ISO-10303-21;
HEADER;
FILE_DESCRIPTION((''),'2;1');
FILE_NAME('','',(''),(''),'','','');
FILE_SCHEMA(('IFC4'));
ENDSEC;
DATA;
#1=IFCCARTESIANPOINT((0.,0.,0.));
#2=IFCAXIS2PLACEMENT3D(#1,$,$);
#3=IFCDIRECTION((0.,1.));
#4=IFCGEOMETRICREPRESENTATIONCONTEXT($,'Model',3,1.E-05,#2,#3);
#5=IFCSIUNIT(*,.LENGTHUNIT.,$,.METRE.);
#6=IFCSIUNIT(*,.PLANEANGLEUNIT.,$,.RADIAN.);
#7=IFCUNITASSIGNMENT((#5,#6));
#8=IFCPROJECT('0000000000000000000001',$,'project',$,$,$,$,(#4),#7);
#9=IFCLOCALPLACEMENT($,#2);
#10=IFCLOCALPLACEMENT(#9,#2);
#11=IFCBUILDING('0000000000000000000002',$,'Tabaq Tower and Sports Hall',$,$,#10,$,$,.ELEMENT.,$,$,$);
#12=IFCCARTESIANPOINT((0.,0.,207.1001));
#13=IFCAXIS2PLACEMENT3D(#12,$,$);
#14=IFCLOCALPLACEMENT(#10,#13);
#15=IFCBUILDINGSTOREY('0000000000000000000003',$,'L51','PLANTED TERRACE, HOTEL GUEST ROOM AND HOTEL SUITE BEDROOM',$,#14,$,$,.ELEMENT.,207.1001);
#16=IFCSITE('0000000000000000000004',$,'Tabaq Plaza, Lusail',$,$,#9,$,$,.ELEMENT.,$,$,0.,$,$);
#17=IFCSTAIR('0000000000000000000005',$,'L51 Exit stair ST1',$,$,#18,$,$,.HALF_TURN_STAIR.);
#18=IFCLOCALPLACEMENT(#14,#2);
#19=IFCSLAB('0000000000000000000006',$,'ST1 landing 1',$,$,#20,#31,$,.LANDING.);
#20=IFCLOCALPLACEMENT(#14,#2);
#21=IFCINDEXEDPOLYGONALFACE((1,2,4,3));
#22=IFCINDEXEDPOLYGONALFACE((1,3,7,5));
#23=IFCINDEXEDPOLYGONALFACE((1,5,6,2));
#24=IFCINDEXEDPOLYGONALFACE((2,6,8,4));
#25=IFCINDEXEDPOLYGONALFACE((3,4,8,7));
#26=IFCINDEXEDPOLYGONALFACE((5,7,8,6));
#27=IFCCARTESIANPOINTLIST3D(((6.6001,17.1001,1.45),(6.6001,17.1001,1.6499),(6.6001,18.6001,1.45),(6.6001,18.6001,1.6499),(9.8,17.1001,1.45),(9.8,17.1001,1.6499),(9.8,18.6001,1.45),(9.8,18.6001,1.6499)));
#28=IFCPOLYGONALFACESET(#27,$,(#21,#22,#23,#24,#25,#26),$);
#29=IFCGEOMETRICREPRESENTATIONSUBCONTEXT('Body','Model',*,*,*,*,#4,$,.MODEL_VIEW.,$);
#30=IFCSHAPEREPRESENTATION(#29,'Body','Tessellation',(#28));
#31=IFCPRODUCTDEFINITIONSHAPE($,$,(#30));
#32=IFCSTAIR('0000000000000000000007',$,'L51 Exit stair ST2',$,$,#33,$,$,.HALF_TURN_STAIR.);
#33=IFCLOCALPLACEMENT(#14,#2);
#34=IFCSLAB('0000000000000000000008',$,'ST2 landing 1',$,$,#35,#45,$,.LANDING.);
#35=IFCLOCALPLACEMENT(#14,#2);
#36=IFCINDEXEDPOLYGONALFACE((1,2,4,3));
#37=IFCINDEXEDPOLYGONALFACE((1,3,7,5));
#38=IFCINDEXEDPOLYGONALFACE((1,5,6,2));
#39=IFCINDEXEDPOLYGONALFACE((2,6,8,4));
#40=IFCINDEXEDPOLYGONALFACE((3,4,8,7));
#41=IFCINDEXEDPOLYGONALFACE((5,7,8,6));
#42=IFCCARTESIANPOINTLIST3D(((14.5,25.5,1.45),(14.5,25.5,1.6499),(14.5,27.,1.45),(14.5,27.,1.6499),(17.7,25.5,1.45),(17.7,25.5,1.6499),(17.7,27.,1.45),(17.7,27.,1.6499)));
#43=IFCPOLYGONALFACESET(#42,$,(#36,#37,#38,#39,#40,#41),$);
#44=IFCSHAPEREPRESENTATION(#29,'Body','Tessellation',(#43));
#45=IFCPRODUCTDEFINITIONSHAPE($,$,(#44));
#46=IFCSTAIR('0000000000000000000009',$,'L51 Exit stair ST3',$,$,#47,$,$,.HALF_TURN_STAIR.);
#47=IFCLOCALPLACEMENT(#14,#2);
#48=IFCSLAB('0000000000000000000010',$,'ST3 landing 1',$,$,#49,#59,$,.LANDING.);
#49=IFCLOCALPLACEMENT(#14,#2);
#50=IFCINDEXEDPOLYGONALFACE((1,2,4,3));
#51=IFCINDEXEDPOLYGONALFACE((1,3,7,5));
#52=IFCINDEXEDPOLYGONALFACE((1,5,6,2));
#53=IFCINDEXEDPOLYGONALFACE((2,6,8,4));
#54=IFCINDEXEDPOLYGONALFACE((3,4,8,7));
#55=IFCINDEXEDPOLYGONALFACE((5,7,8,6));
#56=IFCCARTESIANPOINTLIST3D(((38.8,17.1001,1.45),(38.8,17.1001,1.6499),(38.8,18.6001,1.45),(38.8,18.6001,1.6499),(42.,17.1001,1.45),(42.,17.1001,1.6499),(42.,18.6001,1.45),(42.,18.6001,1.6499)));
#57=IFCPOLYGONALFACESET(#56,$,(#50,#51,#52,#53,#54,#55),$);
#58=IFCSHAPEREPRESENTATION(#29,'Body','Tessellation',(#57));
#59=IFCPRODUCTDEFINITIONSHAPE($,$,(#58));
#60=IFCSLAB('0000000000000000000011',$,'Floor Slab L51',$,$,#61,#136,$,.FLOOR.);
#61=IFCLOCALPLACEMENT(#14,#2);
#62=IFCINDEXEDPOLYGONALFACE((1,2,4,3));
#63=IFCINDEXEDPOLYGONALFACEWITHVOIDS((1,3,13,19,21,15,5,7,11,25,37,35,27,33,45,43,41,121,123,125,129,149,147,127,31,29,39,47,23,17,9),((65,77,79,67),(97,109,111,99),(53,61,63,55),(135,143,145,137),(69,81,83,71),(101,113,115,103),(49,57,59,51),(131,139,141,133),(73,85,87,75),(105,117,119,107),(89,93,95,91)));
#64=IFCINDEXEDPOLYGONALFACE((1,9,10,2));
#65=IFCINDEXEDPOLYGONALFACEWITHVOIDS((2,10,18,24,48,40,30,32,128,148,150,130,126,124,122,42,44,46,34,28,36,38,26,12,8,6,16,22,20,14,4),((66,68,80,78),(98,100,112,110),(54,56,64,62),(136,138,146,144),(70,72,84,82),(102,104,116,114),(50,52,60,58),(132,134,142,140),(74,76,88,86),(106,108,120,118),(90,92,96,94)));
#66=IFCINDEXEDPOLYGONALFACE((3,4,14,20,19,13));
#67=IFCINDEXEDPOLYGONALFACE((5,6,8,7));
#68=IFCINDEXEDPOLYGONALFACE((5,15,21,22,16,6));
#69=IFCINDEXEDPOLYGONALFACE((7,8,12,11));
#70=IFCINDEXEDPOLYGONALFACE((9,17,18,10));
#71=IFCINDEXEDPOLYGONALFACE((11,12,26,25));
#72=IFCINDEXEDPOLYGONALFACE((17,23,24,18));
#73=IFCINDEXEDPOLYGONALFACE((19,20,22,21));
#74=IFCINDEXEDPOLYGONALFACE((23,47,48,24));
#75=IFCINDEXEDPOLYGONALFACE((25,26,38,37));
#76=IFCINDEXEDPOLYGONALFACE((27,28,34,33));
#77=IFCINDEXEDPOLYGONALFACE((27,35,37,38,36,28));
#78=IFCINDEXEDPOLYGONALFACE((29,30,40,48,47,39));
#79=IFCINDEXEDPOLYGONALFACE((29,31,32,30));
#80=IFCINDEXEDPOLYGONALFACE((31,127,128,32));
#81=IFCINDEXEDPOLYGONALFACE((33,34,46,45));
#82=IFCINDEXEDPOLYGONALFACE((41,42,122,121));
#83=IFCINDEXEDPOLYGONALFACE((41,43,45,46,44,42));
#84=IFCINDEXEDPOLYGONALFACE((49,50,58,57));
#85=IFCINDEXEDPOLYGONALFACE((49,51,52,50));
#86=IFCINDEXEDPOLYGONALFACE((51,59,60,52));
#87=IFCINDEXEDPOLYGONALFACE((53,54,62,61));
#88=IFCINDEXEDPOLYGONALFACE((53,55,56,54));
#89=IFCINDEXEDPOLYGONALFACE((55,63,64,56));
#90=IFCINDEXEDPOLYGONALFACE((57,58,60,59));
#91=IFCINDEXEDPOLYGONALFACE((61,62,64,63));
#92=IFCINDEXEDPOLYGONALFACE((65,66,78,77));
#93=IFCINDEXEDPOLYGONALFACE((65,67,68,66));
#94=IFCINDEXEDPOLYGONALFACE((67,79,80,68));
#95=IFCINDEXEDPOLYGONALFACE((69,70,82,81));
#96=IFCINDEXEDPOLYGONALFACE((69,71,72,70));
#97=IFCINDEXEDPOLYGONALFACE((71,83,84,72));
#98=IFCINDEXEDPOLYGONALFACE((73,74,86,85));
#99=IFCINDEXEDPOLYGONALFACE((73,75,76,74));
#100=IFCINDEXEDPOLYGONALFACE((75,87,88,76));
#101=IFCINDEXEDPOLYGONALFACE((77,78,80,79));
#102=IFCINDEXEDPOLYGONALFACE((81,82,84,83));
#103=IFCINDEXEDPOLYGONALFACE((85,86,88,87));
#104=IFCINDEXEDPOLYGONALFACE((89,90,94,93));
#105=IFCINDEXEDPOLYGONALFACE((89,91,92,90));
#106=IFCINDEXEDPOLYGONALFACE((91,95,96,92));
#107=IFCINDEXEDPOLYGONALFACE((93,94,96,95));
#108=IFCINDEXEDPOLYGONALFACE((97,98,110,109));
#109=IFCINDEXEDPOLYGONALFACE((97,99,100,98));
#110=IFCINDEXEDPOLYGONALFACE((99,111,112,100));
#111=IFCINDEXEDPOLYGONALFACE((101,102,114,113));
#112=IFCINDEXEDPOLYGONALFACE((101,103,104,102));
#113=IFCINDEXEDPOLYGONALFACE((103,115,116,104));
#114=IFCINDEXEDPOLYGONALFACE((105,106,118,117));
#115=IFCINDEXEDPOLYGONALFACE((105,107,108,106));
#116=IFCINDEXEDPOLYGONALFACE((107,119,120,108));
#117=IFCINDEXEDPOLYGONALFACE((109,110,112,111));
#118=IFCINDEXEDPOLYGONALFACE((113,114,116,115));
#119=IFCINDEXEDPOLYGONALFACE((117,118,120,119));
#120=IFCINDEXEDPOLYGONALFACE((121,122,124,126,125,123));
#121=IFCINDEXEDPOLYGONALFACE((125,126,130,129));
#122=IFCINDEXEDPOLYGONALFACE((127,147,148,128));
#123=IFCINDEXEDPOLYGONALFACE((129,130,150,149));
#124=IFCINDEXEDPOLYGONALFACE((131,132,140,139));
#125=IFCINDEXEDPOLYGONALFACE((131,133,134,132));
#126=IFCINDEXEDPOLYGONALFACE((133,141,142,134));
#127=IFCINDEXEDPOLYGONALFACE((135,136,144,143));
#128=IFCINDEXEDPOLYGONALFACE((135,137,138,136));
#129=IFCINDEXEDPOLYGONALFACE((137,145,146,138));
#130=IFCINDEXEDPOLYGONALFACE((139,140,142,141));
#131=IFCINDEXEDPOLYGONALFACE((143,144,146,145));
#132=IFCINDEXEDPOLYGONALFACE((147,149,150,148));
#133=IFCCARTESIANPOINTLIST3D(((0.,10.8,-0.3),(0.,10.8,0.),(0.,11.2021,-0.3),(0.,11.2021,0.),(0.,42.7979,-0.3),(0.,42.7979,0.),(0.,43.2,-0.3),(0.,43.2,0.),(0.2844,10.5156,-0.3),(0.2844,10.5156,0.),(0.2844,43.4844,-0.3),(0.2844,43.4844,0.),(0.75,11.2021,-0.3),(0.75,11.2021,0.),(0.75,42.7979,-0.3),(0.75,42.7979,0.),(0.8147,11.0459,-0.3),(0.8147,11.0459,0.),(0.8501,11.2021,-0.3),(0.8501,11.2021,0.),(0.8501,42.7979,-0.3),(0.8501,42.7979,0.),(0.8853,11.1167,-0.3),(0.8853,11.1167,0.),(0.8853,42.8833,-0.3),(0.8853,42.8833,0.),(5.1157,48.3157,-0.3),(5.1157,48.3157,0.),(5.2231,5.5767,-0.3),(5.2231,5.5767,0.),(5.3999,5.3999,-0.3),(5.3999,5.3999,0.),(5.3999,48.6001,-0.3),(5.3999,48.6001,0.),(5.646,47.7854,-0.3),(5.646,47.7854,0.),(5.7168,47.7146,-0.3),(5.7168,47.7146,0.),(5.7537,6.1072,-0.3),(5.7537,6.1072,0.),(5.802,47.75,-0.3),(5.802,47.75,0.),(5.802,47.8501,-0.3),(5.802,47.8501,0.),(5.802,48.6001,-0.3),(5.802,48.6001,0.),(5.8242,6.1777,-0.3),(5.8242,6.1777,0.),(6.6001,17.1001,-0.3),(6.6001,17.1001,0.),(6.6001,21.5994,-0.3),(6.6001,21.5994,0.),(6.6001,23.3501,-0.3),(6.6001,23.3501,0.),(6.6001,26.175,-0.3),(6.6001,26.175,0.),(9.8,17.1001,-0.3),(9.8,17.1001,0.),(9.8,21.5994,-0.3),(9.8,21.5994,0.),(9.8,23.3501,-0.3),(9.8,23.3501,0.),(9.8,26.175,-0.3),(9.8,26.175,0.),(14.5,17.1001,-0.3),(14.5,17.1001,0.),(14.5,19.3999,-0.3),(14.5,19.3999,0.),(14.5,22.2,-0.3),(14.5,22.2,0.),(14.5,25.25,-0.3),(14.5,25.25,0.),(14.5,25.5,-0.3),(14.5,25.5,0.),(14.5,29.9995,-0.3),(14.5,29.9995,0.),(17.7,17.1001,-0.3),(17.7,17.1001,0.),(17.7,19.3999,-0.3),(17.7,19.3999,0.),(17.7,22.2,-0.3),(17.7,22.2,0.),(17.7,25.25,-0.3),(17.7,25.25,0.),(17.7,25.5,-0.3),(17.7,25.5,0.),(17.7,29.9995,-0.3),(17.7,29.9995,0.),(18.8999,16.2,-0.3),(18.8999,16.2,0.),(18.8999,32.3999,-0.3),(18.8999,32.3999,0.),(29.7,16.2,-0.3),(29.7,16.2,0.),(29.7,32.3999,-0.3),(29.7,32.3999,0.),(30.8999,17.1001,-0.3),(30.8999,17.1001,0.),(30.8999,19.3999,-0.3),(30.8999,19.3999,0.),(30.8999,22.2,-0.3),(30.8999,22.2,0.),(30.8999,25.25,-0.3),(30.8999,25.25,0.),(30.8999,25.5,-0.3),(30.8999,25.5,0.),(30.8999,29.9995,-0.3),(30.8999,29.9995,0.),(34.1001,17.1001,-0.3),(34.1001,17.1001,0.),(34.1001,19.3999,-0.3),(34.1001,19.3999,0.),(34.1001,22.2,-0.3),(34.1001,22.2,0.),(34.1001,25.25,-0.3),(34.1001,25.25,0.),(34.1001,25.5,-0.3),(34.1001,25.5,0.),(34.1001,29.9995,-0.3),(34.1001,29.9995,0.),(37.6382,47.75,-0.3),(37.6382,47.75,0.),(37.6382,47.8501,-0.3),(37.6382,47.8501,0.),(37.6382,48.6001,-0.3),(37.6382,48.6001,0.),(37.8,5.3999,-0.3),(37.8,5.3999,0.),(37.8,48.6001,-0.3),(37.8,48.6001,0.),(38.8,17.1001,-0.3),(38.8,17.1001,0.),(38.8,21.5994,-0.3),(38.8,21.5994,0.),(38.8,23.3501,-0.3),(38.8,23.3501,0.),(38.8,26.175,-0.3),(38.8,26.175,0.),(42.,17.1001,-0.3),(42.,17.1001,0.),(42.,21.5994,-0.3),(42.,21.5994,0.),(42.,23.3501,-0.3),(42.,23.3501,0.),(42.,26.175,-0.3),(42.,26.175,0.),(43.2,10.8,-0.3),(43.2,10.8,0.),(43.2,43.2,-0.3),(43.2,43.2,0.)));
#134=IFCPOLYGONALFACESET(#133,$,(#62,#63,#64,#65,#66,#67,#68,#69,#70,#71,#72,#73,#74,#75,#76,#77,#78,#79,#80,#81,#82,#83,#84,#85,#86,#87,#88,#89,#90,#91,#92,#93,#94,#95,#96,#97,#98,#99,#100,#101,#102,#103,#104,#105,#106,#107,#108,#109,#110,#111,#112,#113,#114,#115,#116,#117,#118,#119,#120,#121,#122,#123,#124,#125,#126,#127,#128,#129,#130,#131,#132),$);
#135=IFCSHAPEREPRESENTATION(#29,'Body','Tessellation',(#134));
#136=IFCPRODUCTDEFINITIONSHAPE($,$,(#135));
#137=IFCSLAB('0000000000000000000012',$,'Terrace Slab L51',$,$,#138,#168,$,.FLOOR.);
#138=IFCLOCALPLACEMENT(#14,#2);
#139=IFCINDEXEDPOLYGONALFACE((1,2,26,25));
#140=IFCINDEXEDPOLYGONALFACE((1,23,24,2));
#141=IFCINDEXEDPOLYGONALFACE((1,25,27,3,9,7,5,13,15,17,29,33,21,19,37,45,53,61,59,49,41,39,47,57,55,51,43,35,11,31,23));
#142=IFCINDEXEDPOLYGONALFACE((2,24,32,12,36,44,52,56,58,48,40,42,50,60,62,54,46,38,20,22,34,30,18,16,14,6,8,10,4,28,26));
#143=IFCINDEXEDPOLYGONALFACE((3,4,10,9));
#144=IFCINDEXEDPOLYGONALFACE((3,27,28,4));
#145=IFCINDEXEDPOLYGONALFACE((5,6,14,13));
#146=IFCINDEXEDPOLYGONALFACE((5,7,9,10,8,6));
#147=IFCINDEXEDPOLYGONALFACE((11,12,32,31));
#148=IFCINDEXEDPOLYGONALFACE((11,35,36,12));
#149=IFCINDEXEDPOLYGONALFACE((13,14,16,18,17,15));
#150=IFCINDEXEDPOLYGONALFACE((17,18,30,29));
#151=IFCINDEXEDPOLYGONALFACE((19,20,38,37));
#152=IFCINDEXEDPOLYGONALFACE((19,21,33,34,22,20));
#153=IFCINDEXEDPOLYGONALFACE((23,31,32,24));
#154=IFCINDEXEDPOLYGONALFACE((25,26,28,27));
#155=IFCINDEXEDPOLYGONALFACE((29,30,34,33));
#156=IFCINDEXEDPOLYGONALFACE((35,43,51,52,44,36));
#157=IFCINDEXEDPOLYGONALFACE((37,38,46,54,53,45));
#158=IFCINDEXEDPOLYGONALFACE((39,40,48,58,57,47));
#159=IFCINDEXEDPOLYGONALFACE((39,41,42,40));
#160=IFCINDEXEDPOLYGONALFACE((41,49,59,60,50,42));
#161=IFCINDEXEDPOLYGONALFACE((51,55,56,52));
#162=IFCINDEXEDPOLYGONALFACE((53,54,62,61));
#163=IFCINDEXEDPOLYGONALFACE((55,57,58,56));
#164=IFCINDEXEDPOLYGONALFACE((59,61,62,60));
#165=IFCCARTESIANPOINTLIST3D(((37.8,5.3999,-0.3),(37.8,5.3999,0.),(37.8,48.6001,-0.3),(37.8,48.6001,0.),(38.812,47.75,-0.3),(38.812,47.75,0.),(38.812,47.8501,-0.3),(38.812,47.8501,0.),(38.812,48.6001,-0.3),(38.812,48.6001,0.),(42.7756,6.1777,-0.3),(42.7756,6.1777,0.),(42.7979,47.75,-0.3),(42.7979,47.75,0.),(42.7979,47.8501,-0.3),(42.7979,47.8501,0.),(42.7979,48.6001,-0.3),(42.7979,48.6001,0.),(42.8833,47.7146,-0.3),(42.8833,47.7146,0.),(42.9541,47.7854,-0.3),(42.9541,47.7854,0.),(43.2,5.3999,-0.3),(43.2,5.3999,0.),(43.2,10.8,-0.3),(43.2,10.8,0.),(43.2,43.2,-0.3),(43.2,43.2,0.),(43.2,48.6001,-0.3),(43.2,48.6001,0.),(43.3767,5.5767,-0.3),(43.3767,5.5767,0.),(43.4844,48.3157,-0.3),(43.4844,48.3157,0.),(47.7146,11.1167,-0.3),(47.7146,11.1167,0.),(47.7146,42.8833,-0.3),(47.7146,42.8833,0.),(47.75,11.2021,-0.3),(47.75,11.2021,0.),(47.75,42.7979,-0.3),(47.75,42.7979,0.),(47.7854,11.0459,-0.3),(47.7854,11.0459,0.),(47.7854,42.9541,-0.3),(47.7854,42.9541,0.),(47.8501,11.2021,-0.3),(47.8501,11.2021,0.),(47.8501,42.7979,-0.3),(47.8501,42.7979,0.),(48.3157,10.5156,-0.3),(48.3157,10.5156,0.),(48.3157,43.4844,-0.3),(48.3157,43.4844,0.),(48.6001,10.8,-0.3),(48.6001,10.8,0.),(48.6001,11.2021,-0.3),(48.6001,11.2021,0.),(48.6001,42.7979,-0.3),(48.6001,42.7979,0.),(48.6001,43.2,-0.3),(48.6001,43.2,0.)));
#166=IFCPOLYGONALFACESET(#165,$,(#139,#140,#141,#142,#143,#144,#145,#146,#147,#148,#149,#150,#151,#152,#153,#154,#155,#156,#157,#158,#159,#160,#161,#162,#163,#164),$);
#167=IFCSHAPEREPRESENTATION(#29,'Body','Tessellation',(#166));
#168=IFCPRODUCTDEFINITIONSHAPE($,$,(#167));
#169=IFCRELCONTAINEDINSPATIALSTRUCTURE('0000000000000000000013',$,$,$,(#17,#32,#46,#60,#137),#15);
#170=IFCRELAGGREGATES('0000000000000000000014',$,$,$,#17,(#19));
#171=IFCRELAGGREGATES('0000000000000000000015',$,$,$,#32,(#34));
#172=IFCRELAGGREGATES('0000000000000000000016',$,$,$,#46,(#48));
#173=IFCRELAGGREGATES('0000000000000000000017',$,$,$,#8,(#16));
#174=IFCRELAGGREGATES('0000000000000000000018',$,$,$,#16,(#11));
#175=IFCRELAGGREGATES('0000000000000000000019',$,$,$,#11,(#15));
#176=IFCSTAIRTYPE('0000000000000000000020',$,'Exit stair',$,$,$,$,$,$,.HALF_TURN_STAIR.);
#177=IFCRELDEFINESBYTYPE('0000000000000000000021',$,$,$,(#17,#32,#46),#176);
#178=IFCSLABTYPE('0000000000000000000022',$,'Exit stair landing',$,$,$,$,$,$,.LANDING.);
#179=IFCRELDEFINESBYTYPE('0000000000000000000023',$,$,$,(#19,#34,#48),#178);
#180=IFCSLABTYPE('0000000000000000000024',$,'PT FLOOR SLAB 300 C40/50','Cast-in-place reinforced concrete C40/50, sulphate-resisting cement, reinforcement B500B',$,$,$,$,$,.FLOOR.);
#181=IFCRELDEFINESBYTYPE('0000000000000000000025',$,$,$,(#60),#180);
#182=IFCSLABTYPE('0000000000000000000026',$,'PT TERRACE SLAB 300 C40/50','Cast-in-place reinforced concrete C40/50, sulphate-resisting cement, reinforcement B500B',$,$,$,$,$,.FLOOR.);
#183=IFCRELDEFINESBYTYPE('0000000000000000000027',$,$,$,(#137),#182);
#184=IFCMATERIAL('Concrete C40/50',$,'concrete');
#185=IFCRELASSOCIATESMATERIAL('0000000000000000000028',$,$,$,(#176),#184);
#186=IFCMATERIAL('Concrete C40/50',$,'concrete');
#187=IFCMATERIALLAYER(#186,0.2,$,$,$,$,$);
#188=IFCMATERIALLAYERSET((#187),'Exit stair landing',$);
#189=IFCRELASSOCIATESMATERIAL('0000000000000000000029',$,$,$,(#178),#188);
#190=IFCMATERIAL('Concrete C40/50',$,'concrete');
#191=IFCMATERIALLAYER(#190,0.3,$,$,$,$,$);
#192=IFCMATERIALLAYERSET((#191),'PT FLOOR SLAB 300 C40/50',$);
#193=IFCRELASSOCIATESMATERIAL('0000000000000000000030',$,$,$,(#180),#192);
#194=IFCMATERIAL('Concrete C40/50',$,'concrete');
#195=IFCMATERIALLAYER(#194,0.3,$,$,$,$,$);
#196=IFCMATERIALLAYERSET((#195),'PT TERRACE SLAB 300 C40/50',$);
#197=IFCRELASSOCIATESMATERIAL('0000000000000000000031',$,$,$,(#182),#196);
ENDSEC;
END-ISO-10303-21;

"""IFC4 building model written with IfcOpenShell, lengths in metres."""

from ifc_helpers import new_model, si_unit, direction, frame, origin, place, context, subcontext, project, spatial, polyline, outline, extrude, material, layer, layer_set, type_object, element, aggregate, save


model = new_model("IFC4")

# Units and contexts
model_context = context("Model", 3, precision=1e-05, world=origin(), true_north=direction((0.0, 1.0)))
body_context = subcontext(model_context, "Body", "Model", "MODEL_VIEW")
ifc_project = project(units=[si_unit("LENGTHUNIT", "METRE"), si_unit("PLANEANGLEUNIT", "RADIAN")], contexts=[model_context])

# Site, building, storey
site_placement = place(None, origin())
site = spatial("IfcSite", under=ifc_project, at=site_placement, Name="Tabaq Plaza, Lusail", CompositionType="ELEMENT", RefElevation=0.0)
building_placement = place(site_placement, origin())
building = spatial("IfcBuilding", under=site, at=building_placement, Name="Tabaq Tower and Sports Hall", CompositionType="ELEMENT")
storey_placement = place(building_placement, frame((0.0, 0.0, 207.1001)))
storey = spatial("IfcBuildingStorey", under=building, at=storey_placement, Name="L51", Description="PLANTED TERRACE, HOTEL GUEST ROOM AND HOTEL SUITE BEDROOM", CompositionType="ELEMENT", Elevation=207.1001)

# Stairs, slabs
ifc_material_1 = material(Name="Concrete C40/50", Category="concrete")
stair_type = type_object("IfcStairType", Name="Exit stair", PredefinedType="HALF_TURN_STAIR", material=ifc_material_1)
stair_1_placement = place(storey_placement, origin())
stair_1 = element("IfcStair", 1, at=stair_1_placement, inside=storey, type_object=stair_type, Name="L51 Exit stair ST1", PredefinedType="HALF_TURN_STAIR")
ifc_material_2 = material(Name="Concrete C40/50", Category="concrete")
ifc_layer_1 = layer(ifc_material_2, 0.2)
ifc_layer_set_1 = layer_set([ifc_layer_1], Name="Exit stair landing")
slab_type_1 = type_object("IfcSlabType", Name="Exit stair landing", PredefinedType="LANDING", material=ifc_layer_set_1)
slab_1_placement = place(storey_placement, frame((0.0, 0.0, 1.45)))
slab_1 = element("IfcSlab", 2, at=slab_1_placement, type_object=slab_type_1, Name="ST1 landing 1", PredefinedType="LANDING", context=body_context, shape_type="SweptSolid", body=[
    extrude(outline(polyline([(6.6001, 18.6001), (6.6001, 17.1001), (9.8, 17.1001), (9.8, 18.6001), (6.6001, 18.6001)])), origin(), (0.0, 0.0, 1.0), 0.2),
])
aggregate(stair_1, [slab_1])
stair_2_placement = place(storey_placement, origin())
stair_2 = element("IfcStair", 3, at=stair_2_placement, inside=storey, type_object=stair_type, Name="L51 Exit stair ST2", PredefinedType="HALF_TURN_STAIR")
slab_2_placement = place(storey_placement, frame((0.0, 0.0, 1.45)))
slab_2 = element("IfcSlab", 4, at=slab_2_placement, type_object=slab_type_1, Name="ST2 landing 1", PredefinedType="LANDING", context=body_context, shape_type="SweptSolid", body=[
    extrude(outline(polyline([(14.5, 27.0), (14.5, 25.5), (17.7, 25.5), (17.7, 27.0), (14.5, 27.0)])), origin(), (0.0, 0.0, 1.0), 0.2),
])
aggregate(stair_2, [slab_2])
stair_3_placement = place(storey_placement, origin())
stair_3 = element("IfcStair", 5, at=stair_3_placement, inside=storey, type_object=stair_type, Name="L51 Exit stair ST3", PredefinedType="HALF_TURN_STAIR")
slab_3_placement = place(storey_placement, frame((0.0, 0.0, 1.45)))
slab_3 = element("IfcSlab", 6, at=slab_3_placement, type_object=slab_type_1, Name="ST3 landing 1", PredefinedType="LANDING", context=body_context, shape_type="SweptSolid", body=[
    extrude(outline(polyline([(38.8, 18.6001), (38.8, 17.1001), (42.0, 17.1001), (42.0, 18.6001), (38.8, 18.6001)])), origin(), (0.0, 0.0, 1.0), 0.2),
])
aggregate(stair_3, [slab_3])

# Slabs
ifc_material_3 = material(Name="Concrete C40/50", Category="concrete")
ifc_layer_2 = layer(ifc_material_3, 0.3)
ifc_layer_set_2 = layer_set([ifc_layer_2], Name="PT FLOOR SLAB 300 C40/50")
slab_type_2 = type_object("IfcSlabType", Name="PT FLOOR SLAB 300 C40/50", Description="Cast-in-place reinforced concrete C40/50, sulphate-resisting cement, reinforcement B500B", PredefinedType="FLOOR", material=ifc_layer_set_2)
slab_4_placement = place(storey_placement, frame((0.0, 0.0, -0.3)))
element("IfcSlab", 7, at=slab_4_placement, inside=storey, type_object=slab_type_2, Name="Floor Slab L51", PredefinedType="FLOOR", context=body_context, shape_type="SweptSolid", body=[
    extrude(outline(polyline([(0.0, 11.2021), (0.0, 10.8), (0.2844, 10.5156), (0.8147, 11.0459), (0.8853, 11.1167), (5.8242, 6.1777), (5.7537, 6.1072), (5.2231, 5.5767), (5.3999, 5.3999), (37.8, 5.3999), (43.2, 10.8), (43.2, 43.2), (37.8, 48.6001), (37.6382, 48.6001), (37.6382, 47.8501), (37.6382, 47.75), (5.802, 47.75), (5.802, 47.8501), (5.802, 48.6001), (5.3999, 48.6001), (5.1157, 48.3157), (5.646, 47.7854), (5.7168, 47.7146), (0.8853, 42.8833), (0.2844, 43.4844), (0.0, 43.2), (0.0, 42.7979), (0.75, 42.7979), (0.8501, 42.7979), (0.8501, 11.2021), (0.75, 11.2021), (0.0, 11.2021)]), holes=[polyline([(14.5, 19.3999), (17.7, 19.3999), (17.7, 17.1001), (14.5, 17.1001), (14.5, 19.3999)]), polyline([(6.6001, 21.5994), (9.8, 21.5994), (9.8, 17.1001), (6.6001, 17.1001), (6.6001, 21.5994)]), polyline([(14.5, 25.25), (17.7, 25.25), (17.7, 22.2), (14.5, 22.2), (14.5, 25.25)]), polyline([(18.8999, 32.3999), (29.7, 32.3999), (29.7, 16.2), (18.8999, 16.2), (18.8999, 32.3999)]), polyline([(9.8, 26.175), (9.8, 23.3501), (6.6001, 23.3501), (6.6001, 26.175), (9.8, 26.175)]), polyline([(14.5, 29.9995), (17.7, 29.9995), (17.7, 25.5), (14.5, 25.5), (14.5, 29.9995)]), polyline([(34.1001, 19.3999), (34.1001, 17.1001), (30.8999, 17.1001), (30.8999, 19.3999), (34.1001, 19.3999)]), polyline([(42.0, 21.5994), (42.0, 17.1001), (38.8, 17.1001), (38.8, 21.5994), (42.0, 21.5994)]), polyline([(30.8999, 25.25), (34.1001, 25.25), (34.1001, 22.2), (30.8999, 22.2), (30.8999, 25.25)]), polyline([(42.0, 26.175), (42.0, 23.3501), (38.8, 23.3501), (38.8, 26.175), (42.0, 26.175)]), polyline([(34.1001, 29.9995), (34.1001, 25.5), (30.8999, 25.5), (30.8999, 29.9995), (34.1001, 29.9995)])]), origin(), (0.0, 0.0, 1.0), 0.3),
])
ifc_material_4 = material(Name="Concrete C40/50", Category="concrete")
ifc_layer_3 = layer(ifc_material_4, 0.3)
ifc_layer_set_3 = layer_set([ifc_layer_3], Name="PT TERRACE SLAB 300 C40/50")
slab_type_3 = type_object("IfcSlabType", Name="PT TERRACE SLAB 300 C40/50", Description="Cast-in-place reinforced concrete C40/50, sulphate-resisting cement, reinforcement B500B", PredefinedType="FLOOR", material=ifc_layer_set_3)
slab_5_placement = place(storey_placement, frame((0.0, 0.0, -0.3)))
element("IfcSlab", 8, at=slab_5_placement, inside=storey, type_object=slab_type_3, Name="Terrace Slab L51", PredefinedType="FLOOR", context=body_context, shape_type="SweptSolid", body=[
    extrude(outline(polyline([(48.6001, 42.7979), (48.6001, 43.2), (48.3157, 43.4844), (47.7854, 42.9541), (47.7146, 42.8833), (42.8833, 47.7146), (42.9541, 47.7854), (43.4844, 48.3157), (43.2, 48.6001), (42.7979, 48.6001), (42.7979, 47.8501), (42.7979, 47.75), (38.812, 47.75), (38.812, 47.8501), (38.812, 48.6001), (37.8, 48.6001), (43.2, 43.2), (43.2, 10.8), (37.8, 5.3999), (43.2, 5.3999), (43.3767, 5.5767), (42.7756, 6.1777), (47.7146, 11.1167), (47.7854, 11.0459), (47.7854, 11.0459), (48.3157, 10.5156), (48.6001, 10.8), (48.6001, 11.2021), (47.8501, 11.2021), (47.75, 11.2021), (47.75, 42.7979), (47.8501, 42.7979), (48.6001, 42.7979)])), origin(), (0.0, 0.0, 1.0), 0.3),
])

save(model, "model.ifc")
